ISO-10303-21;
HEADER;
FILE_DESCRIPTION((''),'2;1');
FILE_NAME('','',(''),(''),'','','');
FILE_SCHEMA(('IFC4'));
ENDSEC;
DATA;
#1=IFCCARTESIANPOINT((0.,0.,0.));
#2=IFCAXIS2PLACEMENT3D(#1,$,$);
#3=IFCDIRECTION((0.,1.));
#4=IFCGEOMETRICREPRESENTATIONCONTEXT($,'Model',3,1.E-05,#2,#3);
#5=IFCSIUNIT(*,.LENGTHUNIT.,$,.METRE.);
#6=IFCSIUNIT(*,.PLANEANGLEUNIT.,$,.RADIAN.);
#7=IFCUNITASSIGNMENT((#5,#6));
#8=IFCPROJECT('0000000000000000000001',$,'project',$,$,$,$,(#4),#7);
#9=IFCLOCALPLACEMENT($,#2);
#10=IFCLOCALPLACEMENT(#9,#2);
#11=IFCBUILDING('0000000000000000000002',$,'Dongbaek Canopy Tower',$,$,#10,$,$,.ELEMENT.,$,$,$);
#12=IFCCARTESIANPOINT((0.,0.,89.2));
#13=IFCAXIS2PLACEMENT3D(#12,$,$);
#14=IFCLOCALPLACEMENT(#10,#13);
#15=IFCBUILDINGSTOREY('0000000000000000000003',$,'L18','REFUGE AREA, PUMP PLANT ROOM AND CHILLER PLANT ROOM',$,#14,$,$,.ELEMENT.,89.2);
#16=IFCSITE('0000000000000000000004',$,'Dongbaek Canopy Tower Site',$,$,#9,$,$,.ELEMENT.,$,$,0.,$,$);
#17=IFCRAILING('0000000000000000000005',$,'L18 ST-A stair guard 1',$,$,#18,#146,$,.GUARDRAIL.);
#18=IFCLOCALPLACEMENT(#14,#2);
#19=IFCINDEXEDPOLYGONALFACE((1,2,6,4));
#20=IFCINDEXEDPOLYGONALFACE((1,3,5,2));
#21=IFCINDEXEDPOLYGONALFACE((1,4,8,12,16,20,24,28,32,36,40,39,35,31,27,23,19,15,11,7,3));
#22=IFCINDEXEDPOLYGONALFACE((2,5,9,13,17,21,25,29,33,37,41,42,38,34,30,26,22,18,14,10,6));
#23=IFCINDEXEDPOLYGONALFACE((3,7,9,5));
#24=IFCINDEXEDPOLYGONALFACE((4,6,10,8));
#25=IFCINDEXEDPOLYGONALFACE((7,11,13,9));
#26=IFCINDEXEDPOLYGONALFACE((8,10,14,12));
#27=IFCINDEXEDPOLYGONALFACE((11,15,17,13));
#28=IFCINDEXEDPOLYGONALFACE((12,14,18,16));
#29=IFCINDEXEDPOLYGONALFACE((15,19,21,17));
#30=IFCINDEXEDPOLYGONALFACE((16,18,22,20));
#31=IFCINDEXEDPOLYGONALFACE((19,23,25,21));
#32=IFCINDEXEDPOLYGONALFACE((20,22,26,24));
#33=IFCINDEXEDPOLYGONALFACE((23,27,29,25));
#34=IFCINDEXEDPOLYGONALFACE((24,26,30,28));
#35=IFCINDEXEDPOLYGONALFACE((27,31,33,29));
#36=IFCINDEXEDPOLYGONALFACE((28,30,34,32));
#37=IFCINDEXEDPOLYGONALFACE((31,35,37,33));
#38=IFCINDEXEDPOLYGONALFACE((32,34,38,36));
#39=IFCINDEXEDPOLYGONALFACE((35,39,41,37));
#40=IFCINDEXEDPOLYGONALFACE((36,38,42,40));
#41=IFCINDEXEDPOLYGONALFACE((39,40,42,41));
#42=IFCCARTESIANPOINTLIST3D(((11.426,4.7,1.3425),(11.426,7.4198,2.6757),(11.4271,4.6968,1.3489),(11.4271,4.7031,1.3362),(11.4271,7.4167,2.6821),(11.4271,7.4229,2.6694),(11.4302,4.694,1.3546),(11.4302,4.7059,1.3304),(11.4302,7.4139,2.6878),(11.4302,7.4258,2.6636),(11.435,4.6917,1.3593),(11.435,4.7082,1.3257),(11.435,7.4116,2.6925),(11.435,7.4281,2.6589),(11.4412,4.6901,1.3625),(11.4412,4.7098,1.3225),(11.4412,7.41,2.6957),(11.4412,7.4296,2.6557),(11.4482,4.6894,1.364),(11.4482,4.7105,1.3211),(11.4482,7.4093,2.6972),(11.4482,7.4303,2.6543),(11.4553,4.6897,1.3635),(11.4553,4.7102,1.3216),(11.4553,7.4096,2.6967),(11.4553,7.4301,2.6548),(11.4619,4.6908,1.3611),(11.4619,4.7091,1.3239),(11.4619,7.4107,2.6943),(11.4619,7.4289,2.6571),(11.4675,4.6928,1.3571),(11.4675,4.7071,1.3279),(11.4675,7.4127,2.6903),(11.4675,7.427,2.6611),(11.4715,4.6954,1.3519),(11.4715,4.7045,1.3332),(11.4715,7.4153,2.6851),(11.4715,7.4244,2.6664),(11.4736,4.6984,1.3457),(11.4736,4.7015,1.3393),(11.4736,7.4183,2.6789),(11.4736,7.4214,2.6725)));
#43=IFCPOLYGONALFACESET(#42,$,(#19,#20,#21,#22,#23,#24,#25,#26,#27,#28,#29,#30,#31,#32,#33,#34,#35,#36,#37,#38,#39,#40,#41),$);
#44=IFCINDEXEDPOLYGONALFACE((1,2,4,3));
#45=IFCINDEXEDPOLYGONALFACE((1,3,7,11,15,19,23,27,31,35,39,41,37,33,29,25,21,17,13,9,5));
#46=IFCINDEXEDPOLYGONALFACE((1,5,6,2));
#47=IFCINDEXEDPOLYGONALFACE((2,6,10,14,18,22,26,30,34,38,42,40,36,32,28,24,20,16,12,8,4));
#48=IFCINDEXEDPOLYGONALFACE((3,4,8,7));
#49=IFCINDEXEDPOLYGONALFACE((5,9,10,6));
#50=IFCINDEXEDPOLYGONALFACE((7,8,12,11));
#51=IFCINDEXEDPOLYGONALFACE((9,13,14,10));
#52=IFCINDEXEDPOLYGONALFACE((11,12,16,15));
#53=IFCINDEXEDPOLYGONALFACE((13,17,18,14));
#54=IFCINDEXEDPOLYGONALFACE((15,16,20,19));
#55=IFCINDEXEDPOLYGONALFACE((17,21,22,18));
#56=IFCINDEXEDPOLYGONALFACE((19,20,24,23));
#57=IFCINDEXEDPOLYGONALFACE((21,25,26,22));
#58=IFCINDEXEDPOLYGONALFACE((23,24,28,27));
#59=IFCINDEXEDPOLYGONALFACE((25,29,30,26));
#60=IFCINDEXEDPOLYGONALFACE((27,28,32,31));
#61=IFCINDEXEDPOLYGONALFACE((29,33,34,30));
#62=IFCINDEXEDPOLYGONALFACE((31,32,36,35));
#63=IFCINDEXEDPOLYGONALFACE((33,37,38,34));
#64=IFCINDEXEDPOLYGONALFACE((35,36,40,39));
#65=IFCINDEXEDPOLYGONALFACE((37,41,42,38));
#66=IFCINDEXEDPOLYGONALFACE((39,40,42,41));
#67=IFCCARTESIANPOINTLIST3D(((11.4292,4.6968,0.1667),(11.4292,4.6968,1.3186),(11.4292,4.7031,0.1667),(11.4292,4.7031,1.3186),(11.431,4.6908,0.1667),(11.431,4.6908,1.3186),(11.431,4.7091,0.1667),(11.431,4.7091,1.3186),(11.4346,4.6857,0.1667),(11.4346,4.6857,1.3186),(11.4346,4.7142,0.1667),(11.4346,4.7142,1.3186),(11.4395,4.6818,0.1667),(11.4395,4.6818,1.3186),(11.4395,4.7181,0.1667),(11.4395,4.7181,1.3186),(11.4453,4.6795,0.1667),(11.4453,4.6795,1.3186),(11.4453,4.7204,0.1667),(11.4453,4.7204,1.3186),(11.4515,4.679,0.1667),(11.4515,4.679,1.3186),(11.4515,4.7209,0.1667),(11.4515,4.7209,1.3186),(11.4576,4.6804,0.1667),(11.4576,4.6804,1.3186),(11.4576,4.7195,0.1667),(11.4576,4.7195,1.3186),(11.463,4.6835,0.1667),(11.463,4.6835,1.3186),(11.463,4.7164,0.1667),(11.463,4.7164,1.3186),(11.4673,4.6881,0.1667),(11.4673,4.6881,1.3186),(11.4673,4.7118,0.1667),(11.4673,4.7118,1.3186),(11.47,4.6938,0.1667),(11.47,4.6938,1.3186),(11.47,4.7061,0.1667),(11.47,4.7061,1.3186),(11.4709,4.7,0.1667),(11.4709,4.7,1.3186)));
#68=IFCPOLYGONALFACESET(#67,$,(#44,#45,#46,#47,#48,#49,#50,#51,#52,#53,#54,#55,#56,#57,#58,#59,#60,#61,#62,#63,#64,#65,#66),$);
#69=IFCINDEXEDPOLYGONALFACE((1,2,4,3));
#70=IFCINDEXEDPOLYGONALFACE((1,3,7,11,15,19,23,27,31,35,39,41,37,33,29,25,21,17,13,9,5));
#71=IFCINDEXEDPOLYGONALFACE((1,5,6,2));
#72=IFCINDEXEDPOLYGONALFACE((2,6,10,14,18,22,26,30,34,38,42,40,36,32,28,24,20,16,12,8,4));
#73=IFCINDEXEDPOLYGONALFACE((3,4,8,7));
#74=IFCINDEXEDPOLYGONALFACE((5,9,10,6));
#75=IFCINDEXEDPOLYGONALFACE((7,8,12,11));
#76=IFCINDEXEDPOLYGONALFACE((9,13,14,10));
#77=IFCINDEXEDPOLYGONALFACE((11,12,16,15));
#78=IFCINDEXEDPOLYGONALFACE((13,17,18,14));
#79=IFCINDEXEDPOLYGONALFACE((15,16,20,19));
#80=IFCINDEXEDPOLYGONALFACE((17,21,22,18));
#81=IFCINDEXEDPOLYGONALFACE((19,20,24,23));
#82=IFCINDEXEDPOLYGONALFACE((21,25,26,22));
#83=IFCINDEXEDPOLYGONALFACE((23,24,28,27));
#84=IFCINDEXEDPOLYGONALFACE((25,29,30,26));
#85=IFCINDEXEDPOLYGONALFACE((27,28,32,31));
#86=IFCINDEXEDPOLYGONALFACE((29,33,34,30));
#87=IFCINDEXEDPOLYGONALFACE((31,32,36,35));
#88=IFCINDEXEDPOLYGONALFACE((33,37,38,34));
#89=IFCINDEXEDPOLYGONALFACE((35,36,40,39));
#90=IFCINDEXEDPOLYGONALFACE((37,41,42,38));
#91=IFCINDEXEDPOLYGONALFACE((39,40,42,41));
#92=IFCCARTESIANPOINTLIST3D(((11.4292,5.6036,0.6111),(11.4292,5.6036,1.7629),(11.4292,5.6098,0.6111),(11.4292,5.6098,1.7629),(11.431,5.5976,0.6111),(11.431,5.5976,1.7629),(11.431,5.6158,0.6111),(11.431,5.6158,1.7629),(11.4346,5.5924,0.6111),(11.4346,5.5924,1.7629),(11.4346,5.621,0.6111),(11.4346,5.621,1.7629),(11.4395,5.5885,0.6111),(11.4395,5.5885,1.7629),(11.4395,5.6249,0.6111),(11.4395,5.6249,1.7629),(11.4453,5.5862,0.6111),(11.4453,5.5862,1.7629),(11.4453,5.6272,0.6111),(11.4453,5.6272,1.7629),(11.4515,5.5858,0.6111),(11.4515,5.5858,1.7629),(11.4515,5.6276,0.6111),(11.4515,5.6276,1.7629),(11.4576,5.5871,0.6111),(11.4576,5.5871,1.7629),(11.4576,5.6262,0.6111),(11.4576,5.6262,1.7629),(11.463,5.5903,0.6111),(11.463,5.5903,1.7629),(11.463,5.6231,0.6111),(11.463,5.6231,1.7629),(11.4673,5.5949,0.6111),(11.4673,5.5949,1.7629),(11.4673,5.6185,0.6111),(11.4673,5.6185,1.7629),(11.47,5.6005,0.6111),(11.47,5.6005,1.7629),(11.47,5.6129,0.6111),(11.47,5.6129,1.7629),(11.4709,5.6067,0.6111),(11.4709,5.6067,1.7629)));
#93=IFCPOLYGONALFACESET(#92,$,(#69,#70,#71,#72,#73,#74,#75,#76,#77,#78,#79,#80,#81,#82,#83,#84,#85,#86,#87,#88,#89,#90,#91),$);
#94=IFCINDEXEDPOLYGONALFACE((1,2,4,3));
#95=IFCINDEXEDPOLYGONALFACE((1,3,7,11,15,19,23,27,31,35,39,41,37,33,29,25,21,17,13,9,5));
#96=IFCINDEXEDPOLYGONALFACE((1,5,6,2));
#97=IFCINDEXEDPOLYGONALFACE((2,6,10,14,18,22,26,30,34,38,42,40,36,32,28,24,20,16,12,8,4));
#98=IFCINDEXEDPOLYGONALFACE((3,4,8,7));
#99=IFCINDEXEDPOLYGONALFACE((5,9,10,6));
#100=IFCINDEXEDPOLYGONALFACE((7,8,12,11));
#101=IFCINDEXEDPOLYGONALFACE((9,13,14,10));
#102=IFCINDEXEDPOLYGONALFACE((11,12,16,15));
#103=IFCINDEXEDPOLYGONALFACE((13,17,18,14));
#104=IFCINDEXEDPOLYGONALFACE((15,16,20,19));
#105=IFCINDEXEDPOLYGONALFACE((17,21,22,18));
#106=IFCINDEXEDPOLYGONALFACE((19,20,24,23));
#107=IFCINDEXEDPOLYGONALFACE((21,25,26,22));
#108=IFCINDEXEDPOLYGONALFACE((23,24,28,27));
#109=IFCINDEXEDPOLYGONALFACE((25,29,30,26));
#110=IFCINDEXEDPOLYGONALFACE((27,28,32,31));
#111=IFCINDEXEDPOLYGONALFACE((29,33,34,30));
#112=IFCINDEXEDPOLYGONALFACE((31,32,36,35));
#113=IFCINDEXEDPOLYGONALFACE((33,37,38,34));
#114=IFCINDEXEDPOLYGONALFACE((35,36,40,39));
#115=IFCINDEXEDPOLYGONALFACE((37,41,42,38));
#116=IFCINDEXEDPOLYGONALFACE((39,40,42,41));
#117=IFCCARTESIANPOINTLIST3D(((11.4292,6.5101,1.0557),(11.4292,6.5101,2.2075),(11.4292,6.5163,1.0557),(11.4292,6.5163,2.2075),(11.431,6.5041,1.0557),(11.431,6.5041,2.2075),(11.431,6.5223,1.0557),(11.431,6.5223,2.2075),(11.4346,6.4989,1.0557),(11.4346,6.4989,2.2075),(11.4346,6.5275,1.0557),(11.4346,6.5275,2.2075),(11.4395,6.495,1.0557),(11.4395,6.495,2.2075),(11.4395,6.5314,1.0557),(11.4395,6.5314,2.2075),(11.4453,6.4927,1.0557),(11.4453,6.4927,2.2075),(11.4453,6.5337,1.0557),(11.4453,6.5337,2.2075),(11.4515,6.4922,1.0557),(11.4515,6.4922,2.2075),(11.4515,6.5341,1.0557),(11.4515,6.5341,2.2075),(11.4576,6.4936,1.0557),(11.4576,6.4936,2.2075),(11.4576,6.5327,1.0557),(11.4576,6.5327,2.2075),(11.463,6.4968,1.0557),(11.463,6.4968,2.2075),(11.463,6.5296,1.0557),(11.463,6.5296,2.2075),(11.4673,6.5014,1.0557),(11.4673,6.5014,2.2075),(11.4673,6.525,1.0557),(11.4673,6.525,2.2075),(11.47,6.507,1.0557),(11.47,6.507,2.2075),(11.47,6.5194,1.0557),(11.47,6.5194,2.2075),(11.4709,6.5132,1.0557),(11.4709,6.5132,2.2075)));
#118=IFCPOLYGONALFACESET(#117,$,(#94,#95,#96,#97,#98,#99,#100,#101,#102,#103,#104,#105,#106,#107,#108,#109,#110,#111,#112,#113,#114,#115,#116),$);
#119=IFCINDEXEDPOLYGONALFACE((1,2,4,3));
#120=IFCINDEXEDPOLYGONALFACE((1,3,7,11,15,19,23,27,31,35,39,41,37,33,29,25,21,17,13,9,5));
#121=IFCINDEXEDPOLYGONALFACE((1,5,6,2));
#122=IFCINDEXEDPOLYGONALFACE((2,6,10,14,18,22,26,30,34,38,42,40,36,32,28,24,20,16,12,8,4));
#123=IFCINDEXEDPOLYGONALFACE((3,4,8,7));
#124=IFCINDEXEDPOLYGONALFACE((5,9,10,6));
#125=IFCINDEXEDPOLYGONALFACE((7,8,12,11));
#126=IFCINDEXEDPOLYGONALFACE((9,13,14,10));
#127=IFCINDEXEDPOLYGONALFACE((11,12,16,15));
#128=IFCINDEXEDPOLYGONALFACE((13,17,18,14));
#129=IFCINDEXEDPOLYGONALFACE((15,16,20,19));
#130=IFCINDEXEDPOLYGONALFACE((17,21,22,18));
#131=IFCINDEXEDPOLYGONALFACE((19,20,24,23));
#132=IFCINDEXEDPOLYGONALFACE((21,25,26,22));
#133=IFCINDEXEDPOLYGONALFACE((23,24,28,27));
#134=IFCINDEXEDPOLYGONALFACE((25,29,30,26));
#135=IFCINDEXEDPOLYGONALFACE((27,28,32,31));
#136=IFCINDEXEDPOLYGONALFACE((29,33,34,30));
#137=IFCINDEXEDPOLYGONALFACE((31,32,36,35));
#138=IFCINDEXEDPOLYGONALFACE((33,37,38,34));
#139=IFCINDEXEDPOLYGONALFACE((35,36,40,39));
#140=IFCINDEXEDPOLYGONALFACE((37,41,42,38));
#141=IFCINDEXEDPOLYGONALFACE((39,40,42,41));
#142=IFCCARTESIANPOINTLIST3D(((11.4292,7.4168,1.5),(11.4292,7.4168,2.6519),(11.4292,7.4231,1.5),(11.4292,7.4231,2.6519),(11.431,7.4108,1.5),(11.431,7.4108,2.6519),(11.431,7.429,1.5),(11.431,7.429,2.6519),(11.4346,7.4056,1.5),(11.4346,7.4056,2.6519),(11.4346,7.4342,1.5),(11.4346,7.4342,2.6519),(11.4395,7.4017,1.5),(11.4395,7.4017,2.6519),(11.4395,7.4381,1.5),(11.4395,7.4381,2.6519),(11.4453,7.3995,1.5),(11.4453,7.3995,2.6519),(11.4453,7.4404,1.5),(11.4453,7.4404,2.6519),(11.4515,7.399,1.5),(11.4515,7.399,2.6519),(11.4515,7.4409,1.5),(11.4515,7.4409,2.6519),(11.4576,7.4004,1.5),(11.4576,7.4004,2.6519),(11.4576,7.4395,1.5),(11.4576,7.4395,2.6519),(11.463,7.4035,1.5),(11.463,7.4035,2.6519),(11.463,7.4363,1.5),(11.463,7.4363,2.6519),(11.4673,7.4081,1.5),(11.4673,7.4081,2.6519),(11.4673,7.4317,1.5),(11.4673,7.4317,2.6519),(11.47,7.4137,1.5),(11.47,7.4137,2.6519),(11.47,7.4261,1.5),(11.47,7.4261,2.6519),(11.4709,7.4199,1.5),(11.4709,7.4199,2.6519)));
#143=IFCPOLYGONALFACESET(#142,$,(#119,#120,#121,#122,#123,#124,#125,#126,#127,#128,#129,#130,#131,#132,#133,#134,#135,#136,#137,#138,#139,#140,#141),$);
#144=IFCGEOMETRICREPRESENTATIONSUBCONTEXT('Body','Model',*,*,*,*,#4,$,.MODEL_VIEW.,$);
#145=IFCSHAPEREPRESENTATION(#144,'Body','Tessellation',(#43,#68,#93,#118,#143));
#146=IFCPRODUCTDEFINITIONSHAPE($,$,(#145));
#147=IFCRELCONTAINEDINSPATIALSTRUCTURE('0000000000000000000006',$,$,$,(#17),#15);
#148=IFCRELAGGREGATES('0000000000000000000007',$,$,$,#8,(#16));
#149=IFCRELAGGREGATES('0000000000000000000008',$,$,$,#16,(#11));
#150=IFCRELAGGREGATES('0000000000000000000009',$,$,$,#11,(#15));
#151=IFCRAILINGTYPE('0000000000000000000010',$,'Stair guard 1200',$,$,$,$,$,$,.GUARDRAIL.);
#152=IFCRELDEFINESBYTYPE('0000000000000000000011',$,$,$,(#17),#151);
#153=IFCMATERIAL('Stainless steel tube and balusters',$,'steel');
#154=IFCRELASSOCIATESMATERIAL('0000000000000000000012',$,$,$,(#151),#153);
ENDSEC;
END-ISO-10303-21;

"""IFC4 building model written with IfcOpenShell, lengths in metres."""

from ifc_helpers import new_model, si_unit, direction, frame, origin, origin_2d, place, context, subcontext, project, spatial, circle, extrude, material, type_object, element, save


model = new_model("IFC4")

# Units and contexts
model_context = context("Model", 3, precision=1e-05, world=origin(), true_north=direction((0.0, 1.0)))
body_context = subcontext(model_context, "Body", "Model", "MODEL_VIEW")
ifc_project = project(units=[si_unit("LENGTHUNIT", "METRE"), si_unit("PLANEANGLEUNIT", "RADIAN")], contexts=[model_context])

# Site, building, storey
site_placement = place(None, origin())
site = spatial("IfcSite", under=ifc_project, at=site_placement, Name="Dongbaek Canopy Tower Site", CompositionType="ELEMENT", RefElevation=0.0)
building_placement = place(site_placement, origin())
building = spatial("IfcBuilding", under=site, at=building_placement, Name="Dongbaek Canopy Tower", CompositionType="ELEMENT")
storey_placement = place(building_placement, frame((0.0, 0.0, 89.2)))
storey = spatial("IfcBuildingStorey", under=building, at=storey_placement, Name="L18", Description="REFUGE AREA, PUMP PLANT ROOM AND CHILLER PLANT ROOM", CompositionType="ELEMENT", Elevation=89.2)

# Railing
ifc_material_1 = material(Name="Stainless steel tube and balusters", Category="steel")
railing_type_1 = type_object("IfcRailingType", Name="Stair guard 1200", PredefinedType="GUARDRAIL", material=ifc_material_1)
railing_1_placement = place(storey_placement, frame((11.45, 4.7, 0.1667)))
element("IfcRailing", 1, at=railing_1_placement, inside=storey, type_object=railing_type_1, Name="L18 ST-A stair guard 1", PredefinedType="GUARDRAIL", context=body_context, shape_type="SweptSolid", body=[
    extrude(circle(Radius=0.0239, at=origin_2d()), frame((0.0, 0.0, 1.1758), z_axis=(0.0, 0.897929, 0.440139), x_axis=(-1.0, 0.0, 0.0)), (0.0, 0.0, 1.0), 3.0291),
    extrude(circle(Radius=0.021, at=origin_2d()), origin(), (0.0, 0.0, 1.0), 1.1519),
    extrude(circle(Radius=0.021, at=origin_2d()), frame((0.0, 0.9067, 0.4443)), (0.0, 0.0, 1.0), 1.1519),
    extrude(circle(Radius=0.021, at=origin_2d()), frame((0.0, 1.8132, 0.8889)), (0.0, 0.0, 1.0), 1.1519),
    extrude(circle(Radius=0.021, at=origin_2d()), frame((0.0, 2.72, 1.3333)), (0.0, 0.0, 1.0), 1.1519),
])

save(model, "model.ifc")
